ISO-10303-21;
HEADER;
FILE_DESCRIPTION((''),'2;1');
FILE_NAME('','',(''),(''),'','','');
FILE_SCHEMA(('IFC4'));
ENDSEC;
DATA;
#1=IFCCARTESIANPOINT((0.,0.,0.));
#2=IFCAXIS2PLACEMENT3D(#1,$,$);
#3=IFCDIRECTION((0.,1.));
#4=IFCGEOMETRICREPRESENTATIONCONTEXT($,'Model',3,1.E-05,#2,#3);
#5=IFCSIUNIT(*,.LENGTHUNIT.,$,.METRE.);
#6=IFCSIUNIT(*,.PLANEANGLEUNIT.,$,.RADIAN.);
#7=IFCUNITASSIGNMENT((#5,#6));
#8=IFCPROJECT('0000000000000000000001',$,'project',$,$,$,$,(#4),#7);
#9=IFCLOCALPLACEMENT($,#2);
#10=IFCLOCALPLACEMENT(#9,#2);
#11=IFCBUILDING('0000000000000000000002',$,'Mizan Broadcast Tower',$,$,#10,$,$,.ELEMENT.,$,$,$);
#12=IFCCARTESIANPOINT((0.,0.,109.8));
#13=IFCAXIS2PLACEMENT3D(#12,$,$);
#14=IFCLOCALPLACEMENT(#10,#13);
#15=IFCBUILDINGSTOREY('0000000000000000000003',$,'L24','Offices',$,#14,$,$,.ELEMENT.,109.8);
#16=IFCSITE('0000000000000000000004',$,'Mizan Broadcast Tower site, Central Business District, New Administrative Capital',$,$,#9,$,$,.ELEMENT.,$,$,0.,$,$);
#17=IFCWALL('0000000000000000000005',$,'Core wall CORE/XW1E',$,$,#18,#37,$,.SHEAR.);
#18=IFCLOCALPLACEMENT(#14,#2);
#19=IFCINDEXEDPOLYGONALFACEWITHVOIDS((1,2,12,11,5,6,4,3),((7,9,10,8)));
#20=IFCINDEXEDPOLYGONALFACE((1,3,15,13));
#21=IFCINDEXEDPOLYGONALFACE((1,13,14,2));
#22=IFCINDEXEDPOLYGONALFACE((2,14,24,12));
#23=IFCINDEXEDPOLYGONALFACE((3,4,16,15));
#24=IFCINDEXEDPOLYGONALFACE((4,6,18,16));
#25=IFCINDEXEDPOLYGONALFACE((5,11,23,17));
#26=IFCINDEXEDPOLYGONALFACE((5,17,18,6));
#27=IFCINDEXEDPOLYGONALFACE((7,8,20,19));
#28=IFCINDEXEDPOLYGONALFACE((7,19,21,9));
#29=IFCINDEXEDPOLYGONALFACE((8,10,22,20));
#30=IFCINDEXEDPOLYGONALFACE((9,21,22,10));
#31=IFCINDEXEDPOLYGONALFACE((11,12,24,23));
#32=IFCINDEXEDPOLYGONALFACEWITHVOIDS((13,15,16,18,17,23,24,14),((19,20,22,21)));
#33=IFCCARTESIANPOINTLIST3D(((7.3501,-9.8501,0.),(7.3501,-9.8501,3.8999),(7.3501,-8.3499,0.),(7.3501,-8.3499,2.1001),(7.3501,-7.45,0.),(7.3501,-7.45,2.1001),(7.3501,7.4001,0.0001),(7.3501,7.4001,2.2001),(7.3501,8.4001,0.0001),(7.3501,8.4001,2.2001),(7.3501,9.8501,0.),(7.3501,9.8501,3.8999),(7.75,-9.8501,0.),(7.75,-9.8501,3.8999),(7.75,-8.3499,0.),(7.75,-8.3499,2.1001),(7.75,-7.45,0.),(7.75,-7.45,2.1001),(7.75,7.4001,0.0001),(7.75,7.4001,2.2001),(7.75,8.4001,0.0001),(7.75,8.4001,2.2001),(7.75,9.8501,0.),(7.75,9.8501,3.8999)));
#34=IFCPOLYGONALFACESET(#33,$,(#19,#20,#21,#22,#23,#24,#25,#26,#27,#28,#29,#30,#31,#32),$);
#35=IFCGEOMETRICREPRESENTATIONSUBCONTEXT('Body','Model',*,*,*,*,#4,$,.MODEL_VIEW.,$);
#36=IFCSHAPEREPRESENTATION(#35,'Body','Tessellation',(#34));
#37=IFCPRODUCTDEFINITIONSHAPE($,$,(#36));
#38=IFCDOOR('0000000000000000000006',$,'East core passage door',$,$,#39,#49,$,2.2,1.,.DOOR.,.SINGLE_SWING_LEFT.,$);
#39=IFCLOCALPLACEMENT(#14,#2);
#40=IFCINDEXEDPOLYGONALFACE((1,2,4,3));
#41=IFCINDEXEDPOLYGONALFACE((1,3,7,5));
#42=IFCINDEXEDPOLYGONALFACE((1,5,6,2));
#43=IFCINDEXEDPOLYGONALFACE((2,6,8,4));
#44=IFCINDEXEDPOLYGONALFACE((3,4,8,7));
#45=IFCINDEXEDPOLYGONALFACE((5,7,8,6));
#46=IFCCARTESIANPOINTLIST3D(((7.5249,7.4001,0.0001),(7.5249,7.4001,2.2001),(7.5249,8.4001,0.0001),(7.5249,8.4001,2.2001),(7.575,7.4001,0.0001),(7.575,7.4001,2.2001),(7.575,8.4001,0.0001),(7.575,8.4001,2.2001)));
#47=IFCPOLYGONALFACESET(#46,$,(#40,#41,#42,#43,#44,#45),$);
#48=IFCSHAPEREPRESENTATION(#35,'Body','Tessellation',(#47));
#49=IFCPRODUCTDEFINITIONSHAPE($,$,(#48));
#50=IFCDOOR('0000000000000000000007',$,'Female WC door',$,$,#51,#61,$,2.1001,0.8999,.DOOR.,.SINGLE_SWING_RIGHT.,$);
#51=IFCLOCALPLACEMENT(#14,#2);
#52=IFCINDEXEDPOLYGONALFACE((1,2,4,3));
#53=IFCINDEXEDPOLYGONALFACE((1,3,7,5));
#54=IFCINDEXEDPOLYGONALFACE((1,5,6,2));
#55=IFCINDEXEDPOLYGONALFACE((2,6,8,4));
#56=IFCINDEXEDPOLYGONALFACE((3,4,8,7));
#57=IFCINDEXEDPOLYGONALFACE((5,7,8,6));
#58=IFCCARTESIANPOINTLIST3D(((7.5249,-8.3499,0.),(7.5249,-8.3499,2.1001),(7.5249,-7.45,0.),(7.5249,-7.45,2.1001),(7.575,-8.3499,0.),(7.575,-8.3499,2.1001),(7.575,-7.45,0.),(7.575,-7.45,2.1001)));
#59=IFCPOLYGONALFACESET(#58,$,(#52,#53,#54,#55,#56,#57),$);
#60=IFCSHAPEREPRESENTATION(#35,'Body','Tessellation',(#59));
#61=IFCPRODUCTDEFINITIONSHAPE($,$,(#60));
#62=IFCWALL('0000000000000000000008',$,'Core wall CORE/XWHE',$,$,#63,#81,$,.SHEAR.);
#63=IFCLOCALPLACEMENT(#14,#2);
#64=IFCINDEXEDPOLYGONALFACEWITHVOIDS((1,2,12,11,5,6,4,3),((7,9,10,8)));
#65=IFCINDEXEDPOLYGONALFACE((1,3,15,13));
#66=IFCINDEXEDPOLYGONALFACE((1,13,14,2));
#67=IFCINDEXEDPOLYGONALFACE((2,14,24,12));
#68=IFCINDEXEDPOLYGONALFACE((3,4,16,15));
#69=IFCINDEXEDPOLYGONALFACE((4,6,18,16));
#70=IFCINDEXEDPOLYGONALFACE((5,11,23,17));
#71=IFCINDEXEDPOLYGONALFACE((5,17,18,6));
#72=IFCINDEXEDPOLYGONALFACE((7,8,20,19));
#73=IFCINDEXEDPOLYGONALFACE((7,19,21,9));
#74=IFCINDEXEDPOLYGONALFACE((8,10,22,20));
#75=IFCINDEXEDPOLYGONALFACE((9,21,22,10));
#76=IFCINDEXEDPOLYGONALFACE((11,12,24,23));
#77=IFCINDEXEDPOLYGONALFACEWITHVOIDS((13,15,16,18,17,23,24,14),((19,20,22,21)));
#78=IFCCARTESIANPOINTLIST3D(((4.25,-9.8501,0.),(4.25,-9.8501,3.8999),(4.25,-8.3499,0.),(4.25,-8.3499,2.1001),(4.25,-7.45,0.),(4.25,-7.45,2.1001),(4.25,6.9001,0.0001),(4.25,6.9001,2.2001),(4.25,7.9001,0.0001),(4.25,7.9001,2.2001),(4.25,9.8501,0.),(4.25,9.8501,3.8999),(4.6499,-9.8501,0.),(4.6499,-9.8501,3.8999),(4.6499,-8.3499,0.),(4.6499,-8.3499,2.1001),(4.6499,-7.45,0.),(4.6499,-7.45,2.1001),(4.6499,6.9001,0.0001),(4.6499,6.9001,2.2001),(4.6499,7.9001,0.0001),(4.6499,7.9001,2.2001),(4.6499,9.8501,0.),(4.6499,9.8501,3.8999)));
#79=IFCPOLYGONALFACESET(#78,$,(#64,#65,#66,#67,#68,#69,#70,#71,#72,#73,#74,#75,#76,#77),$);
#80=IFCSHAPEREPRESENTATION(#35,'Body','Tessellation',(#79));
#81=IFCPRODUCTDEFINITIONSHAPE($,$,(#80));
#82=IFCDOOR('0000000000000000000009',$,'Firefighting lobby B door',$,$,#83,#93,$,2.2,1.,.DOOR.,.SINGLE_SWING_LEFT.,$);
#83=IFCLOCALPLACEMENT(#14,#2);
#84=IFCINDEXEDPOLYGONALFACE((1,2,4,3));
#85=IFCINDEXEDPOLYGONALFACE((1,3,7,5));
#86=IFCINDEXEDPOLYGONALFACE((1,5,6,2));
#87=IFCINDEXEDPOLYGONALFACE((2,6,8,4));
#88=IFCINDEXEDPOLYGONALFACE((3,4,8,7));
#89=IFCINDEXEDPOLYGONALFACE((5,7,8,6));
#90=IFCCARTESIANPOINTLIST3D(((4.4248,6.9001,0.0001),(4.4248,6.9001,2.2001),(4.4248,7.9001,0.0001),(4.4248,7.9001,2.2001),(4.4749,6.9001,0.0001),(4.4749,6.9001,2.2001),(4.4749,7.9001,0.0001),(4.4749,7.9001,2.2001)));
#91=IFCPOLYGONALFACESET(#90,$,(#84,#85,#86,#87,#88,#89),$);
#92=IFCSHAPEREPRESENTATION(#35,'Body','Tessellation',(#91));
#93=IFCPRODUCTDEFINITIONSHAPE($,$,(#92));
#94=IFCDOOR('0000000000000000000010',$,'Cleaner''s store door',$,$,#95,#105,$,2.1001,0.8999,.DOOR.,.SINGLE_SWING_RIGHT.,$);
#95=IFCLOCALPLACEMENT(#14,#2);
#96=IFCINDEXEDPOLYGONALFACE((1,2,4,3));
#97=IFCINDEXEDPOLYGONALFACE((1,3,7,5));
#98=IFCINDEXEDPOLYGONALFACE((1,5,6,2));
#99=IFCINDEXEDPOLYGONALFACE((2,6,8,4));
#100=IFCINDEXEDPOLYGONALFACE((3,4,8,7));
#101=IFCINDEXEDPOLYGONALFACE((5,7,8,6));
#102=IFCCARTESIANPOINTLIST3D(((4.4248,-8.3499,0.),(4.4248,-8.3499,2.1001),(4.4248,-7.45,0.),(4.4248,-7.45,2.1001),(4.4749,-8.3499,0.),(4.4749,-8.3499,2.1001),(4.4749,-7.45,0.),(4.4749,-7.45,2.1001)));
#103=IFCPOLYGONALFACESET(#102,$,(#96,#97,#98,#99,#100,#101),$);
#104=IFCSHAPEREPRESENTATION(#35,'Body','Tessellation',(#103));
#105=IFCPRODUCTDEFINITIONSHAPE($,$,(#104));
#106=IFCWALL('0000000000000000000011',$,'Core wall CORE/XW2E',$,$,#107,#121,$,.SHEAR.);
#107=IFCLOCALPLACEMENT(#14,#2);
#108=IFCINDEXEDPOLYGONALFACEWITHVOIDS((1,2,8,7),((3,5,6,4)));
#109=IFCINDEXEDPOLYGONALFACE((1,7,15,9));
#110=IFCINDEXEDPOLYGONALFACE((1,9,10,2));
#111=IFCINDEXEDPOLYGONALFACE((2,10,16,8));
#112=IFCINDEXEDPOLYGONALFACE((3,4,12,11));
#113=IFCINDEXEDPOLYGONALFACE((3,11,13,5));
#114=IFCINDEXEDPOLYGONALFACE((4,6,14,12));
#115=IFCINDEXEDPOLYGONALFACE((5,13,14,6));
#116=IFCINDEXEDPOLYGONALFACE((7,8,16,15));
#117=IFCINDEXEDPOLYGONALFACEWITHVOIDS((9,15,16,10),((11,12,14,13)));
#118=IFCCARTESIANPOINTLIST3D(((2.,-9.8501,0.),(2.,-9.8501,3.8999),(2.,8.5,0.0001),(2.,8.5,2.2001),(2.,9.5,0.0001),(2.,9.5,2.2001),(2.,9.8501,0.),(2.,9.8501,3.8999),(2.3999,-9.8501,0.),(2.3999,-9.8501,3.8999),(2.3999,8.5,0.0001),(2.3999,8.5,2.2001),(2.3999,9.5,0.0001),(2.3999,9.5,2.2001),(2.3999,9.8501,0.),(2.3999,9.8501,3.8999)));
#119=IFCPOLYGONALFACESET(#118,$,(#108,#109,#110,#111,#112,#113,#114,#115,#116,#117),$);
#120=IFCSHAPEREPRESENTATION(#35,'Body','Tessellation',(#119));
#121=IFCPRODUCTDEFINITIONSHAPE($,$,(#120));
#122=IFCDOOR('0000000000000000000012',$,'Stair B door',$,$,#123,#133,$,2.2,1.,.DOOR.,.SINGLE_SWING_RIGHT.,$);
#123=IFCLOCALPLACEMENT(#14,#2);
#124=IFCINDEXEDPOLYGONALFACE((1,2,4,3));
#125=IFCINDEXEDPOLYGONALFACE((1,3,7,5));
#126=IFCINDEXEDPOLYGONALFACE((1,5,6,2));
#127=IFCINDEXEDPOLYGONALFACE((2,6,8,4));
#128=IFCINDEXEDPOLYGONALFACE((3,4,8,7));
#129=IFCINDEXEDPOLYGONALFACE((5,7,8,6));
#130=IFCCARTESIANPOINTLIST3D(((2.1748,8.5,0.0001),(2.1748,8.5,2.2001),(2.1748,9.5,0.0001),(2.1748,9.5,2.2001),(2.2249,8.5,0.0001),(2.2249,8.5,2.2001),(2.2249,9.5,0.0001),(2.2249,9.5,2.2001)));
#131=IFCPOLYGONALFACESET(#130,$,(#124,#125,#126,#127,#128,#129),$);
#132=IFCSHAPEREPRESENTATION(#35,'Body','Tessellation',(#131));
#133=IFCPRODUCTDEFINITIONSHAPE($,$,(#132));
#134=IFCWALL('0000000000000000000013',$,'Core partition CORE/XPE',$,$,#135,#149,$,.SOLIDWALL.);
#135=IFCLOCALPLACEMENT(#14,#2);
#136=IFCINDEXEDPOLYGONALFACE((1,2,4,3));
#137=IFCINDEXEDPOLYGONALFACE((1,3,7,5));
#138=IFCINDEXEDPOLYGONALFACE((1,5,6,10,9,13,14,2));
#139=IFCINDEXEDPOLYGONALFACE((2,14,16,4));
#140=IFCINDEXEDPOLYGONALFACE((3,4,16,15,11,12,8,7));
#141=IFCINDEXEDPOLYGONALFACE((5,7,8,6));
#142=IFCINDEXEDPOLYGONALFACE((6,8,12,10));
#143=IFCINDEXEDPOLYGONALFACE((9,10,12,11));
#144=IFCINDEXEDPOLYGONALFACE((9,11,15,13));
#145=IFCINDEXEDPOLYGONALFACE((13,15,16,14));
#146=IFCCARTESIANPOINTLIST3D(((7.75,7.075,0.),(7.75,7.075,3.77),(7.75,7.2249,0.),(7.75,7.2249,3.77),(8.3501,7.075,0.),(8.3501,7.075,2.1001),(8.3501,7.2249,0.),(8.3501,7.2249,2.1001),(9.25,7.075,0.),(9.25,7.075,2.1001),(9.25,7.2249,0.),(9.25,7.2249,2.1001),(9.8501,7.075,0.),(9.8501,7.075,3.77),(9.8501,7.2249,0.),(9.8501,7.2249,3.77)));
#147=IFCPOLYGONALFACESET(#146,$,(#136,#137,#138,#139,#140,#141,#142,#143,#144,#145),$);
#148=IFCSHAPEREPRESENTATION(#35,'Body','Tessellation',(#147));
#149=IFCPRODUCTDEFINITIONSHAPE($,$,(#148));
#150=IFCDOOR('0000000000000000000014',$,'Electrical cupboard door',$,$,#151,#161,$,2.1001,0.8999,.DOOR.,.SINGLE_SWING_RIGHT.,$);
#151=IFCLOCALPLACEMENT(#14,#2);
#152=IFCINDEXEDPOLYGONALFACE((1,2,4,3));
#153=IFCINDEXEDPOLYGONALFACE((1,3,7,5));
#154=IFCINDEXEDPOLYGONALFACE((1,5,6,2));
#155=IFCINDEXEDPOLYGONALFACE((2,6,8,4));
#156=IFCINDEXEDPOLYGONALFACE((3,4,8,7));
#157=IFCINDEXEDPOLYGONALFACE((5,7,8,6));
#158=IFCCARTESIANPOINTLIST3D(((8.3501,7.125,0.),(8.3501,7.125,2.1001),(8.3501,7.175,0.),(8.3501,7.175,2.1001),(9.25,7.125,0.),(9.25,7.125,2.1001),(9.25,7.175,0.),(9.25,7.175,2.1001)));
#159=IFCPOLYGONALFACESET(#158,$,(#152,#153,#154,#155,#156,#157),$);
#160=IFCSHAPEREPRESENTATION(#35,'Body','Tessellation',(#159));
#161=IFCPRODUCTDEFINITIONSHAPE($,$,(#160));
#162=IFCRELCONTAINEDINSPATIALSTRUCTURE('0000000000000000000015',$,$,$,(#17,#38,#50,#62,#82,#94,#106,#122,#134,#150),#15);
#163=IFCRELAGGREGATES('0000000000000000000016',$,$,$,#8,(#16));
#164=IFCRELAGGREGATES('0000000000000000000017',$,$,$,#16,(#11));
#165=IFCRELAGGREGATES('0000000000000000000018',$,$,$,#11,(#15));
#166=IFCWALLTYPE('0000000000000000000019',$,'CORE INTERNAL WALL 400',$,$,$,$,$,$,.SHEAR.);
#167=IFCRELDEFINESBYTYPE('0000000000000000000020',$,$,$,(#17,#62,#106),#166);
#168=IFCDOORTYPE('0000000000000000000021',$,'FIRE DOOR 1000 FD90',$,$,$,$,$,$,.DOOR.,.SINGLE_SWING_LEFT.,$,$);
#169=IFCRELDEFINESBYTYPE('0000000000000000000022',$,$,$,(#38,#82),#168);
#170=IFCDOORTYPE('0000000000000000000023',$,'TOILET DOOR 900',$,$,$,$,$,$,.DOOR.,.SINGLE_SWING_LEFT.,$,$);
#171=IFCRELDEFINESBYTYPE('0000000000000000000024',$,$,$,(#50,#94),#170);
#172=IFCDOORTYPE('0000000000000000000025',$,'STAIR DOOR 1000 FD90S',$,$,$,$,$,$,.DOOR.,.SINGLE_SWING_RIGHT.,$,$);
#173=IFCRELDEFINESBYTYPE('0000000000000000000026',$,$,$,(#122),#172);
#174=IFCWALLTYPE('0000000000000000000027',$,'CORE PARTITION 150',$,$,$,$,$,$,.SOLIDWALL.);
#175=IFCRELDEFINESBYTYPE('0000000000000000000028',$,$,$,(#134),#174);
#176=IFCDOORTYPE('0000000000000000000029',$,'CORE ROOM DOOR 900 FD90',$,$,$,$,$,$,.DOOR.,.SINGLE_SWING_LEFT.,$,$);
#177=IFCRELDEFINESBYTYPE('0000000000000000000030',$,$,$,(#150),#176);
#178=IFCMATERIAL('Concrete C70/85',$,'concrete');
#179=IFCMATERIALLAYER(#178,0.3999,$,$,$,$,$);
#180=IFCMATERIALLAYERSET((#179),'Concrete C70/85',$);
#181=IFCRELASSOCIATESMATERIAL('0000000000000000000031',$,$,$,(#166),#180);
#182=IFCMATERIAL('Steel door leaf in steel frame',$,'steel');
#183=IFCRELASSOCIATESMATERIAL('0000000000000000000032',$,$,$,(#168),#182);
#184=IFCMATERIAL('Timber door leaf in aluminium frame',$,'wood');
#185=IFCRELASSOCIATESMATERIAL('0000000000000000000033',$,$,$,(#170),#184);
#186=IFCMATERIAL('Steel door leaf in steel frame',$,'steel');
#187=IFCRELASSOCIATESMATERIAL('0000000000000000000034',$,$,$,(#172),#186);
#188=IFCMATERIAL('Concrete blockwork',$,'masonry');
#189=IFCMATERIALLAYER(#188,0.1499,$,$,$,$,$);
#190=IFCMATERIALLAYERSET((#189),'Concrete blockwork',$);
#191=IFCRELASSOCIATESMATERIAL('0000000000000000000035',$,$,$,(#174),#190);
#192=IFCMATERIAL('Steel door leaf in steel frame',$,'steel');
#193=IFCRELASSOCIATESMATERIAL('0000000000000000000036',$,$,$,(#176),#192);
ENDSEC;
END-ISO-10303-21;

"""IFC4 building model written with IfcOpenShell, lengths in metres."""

from ifc_helpers import new_model, si_unit, direction, frame, frame_2d, origin, place, context, subcontext, project, spatial, rectangle, extrude, material, layer, layer_set, type_object, element, fill, save


model = new_model("IFC4")

# Units and contexts
model_context = context("Model", 3, precision=1e-05, world=origin(), true_north=direction((0.0, 1.0)))
body_context = subcontext(model_context, "Body", "Model", "MODEL_VIEW")
ifc_project = project(units=[si_unit("LENGTHUNIT", "METRE"), si_unit("PLANEANGLEUNIT", "RADIAN")], contexts=[model_context])

# Site, building, storey
site_placement = place(None, origin())
site = spatial("IfcSite", under=ifc_project, at=site_placement, Name="Mizan Broadcast Tower site, Central Business District, New Administrative Capital", CompositionType="ELEMENT", RefElevation=0.0)
building_placement = place(site_placement, origin())
building = spatial("IfcBuilding", under=site, at=building_placement, Name="Mizan Broadcast Tower", CompositionType="ELEMENT")
storey_placement = place(building_placement, frame((0.0, 0.0, 109.8)))
storey = spatial("IfcBuildingStorey", under=building, at=storey_placement, Name="L24", Description="Offices", CompositionType="ELEMENT", Elevation=109.8)

# Walls, openings, doors
ifc_material_1 = material(Name="Concrete C70/85", Category="concrete")
ifc_layer_1 = layer(ifc_material_1, 0.3999)
ifc_layer_set_1 = layer_set([ifc_layer_1], Name="Concrete C70/85")
wall_type_1 = type_object("IfcWallType", Name="CORE INTERNAL WALL 400", PredefinedType="SHEAR", material=ifc_layer_set_1)
wall_1_placement = place(storey_placement, frame((7.55, 9.8501, 0.0), z_axis=(0.0, 0.0, 1.0), x_axis=(0.0, -1.0, 0.0)))
wall_1 = element("IfcWall", 1, at=wall_1_placement, inside=storey, type_object=wall_type_1, Name="Core wall CORE/XW1E", PredefinedType="SHEAR", context=body_context, shape_type="SweptSolid", body=[
    extrude(rectangle(XDim=19.7002, YDim=0.3999, at=frame_2d((9.8501, 0.0))), origin(), (0.0, 0.0, 1.0), 3.8999),
])
opening_1_placement = place(wall_1_placement, frame((1.45, 0.0, 0.0)))
opening_1 = element("IfcOpeningElement", 2, at=opening_1_placement, cuts=wall_1, PredefinedType="OPENING", context=body_context, shape_type="SweptSolid", body=[
    extrude(rectangle(XDim=1.0, YDim=2.2, at=frame_2d((0.5, 1.1001))), frame((0.0, 0.21, 0.0), z_axis=(0.0, -1.0, 0.0), x_axis=(1.0, 0.0, 0.0)), (0.0, 0.0, 1.0), 0.4199),
])
opening_2_placement = place(wall_1_placement, frame((17.3, 0.0, 0.0)))
opening_2 = element("IfcOpeningElement", 3, at=opening_2_placement, cuts=wall_1, PredefinedType="OPENING", context=body_context, shape_type="SweptSolid", body=[
    extrude(rectangle(XDim=0.8999, YDim=2.1001, at=frame_2d((0.45, 1.05))), frame((0.0, 0.21, 0.0), z_axis=(0.0, -1.0, 0.0), x_axis=(1.0, 0.0, 0.0)), (0.0, 0.0, 1.0), 0.4199),
])
ifc_material_2 = material(Name="Steel door leaf in steel frame", Category="steel")
door_type_1 = type_object("IfcDoorType", Name="FIRE DOOR 1000 FD90", OperationType="SINGLE_SWING_LEFT", PredefinedType="DOOR", material=ifc_material_2)
door_1_placement = place(opening_1_placement, origin())
door_1 = element("IfcDoor", 4, at=door_1_placement, inside=storey, type_object=door_type_1, Name="East core passage door", OperationType="SINGLE_SWING_LEFT", OverallHeight=2.2, OverallWidth=1.0, PredefinedType="DOOR", context=body_context, shape_type="SweptSolid", body=[
    extrude(rectangle(XDim=1.0, YDim=2.2, at=frame_2d((0.5, 1.1001))), frame((0.0, 0.0249, 0.0), z_axis=(0.0, -1.0, 0.0), x_axis=(1.0, 0.0, 0.0)), (0.0, 0.0, 1.0), 0.05),
])
fill(opening_1, door_1)
ifc_material_3 = material(Name="Timber door leaf in aluminium frame", Category="wood")
door_type_2 = type_object("IfcDoorType", Name="TOILET DOOR 900", OperationType="SINGLE_SWING_LEFT", PredefinedType="DOOR", material=ifc_material_3)
door_2_placement = place(opening_2_placement, origin())
door_2 = element("IfcDoor", 5, at=door_2_placement, inside=storey, type_object=door_type_2, Name="Female WC door", OperationType="SINGLE_SWING_RIGHT", OverallHeight=2.1001, OverallWidth=0.8999, PredefinedType="DOOR", context=body_context, shape_type="SweptSolid", body=[
    extrude(rectangle(XDim=0.8999, YDim=2.1001, at=frame_2d((0.45, 1.05))), frame((0.0, 0.0249, 0.0), z_axis=(0.0, -1.0, 0.0), x_axis=(1.0, 0.0, 0.0)), (0.0, 0.0, 1.0), 0.05),
])
fill(opening_2, door_2)
wall_2_placement = place(storey_placement, frame((4.45, 9.8501, 0.0), z_axis=(0.0, 0.0, 1.0), x_axis=(0.0, -1.0, 0.0)))
wall_2 = element("IfcWall", 6, at=wall_2_placement, inside=storey, type_object=wall_type_1, Name="Core wall CORE/XWHE", PredefinedType="SHEAR", context=body_context, shape_type="SweptSolid", body=[
    extrude(rectangle(XDim=19.7002, YDim=0.3999, at=frame_2d((9.8501, 0.0))), origin(), (0.0, 0.0, 1.0), 3.8999),
])
opening_3_placement = place(wall_2_placement, frame((1.95, 0.0, 0.0)))
opening_3 = element("IfcOpeningElement", 7, at=opening_3_placement, cuts=wall_2, PredefinedType="OPENING", context=body_context, shape_type="SweptSolid", body=[
    extrude(rectangle(XDim=1.0, YDim=2.2, at=frame_2d((0.5, 1.1001))), frame((0.0, 0.21, 0.0), z_axis=(0.0, -1.0, 0.0), x_axis=(1.0, 0.0, 0.0)), (0.0, 0.0, 1.0), 0.4199),
])
opening_4_placement = place(wall_2_placement, frame((17.3, 0.0, 0.0)))
opening_4 = element("IfcOpeningElement", 8, at=opening_4_placement, cuts=wall_2, PredefinedType="OPENING", context=body_context, shape_type="SweptSolid", body=[
    extrude(rectangle(XDim=0.8999, YDim=2.1001, at=frame_2d((0.45, 1.05))), frame((0.0, 0.21, 0.0), z_axis=(0.0, -1.0, 0.0), x_axis=(1.0, 0.0, 0.0)), (0.0, 0.0, 1.0), 0.4199),
])
door_3_placement = place(opening_3_placement, origin())
door_3 = element("IfcDoor", 9, at=door_3_placement, inside=storey, type_object=door_type_1, Name="Firefighting lobby B door", OperationType="SINGLE_SWING_LEFT", OverallHeight=2.2, OverallWidth=1.0, PredefinedType="DOOR", context=body_context, shape_type="SweptSolid", body=[
    extrude(rectangle(XDim=1.0, YDim=2.2, at=frame_2d((0.5, 1.1001))), frame((0.0, 0.0249, 0.0), z_axis=(0.0, -1.0, 0.0), x_axis=(1.0, 0.0, 0.0)), (0.0, 0.0, 1.0), 0.05),
])
fill(opening_3, door_3)
door_4_placement = place(opening_4_placement, origin())
door_4 = element("IfcDoor", 10, at=door_4_placement, inside=storey, type_object=door_type_2, Name="Cleaner's store door", OperationType="SINGLE_SWING_RIGHT", OverallHeight=2.1001, OverallWidth=0.8999, PredefinedType="DOOR", context=body_context, shape_type="SweptSolid", body=[
    extrude(rectangle(XDim=0.8999, YDim=2.1001, at=frame_2d((0.45, 1.05))), frame((0.0, 0.0249, 0.0), z_axis=(0.0, -1.0, 0.0), x_axis=(1.0, 0.0, 0.0)), (0.0, 0.0, 1.0), 0.05),
])
fill(opening_4, door_4)

# Walls, openings, doors
wall_3_placement = place(storey_placement, frame((2.2, 9.8501, 0.0), z_axis=(0.0, 0.0, 1.0), x_axis=(0.0, -1.0, 0.0)))
wall_3 = element("IfcWall", 11, at=wall_3_placement, inside=storey, type_object=wall_type_1, Name="Core wall CORE/XW2E", PredefinedType="SHEAR", context=body_context, shape_type="SweptSolid", body=[
    extrude(rectangle(XDim=19.7002, YDim=0.3999, at=frame_2d((9.8501, 0.0))), origin(), (0.0, 0.0, 1.0), 3.8999),
])
opening_5_placement = place(wall_3_placement, frame((0.3501, 0.0, 0.0)))
opening_5 = element("IfcOpeningElement", 12, at=opening_5_placement, cuts=wall_3, PredefinedType="OPENING", context=body_context, shape_type="SweptSolid", body=[
    extrude(rectangle(XDim=1.0, YDim=2.2, at=frame_2d((0.5, 1.1001))), frame((0.0, 0.21, 0.0), z_axis=(0.0, -1.0, 0.0), x_axis=(1.0, 0.0, 0.0)), (0.0, 0.0, 1.0), 0.4199),
])
ifc_material_4 = material(Name="Steel door leaf in steel frame", Category="steel")
door_type_3 = type_object("IfcDoorType", Name="STAIR DOOR 1000 FD90S", OperationType="SINGLE_SWING_RIGHT", PredefinedType="DOOR", material=ifc_material_4)
door_5_placement = place(opening_5_placement, origin())
door_5 = element("IfcDoor", 13, at=door_5_placement, inside=storey, type_object=door_type_3, Name="Stair B door", OperationType="SINGLE_SWING_RIGHT", OverallHeight=2.2, OverallWidth=1.0, PredefinedType="DOOR", context=body_context, shape_type="SweptSolid", body=[
    extrude(rectangle(XDim=1.0, YDim=2.2, at=frame_2d((0.5, 1.1001))), frame((0.0, 0.0249, 0.0), z_axis=(0.0, -1.0, 0.0), x_axis=(1.0, 0.0, 0.0)), (0.0, 0.0, 1.0), 0.05),
])
fill(opening_5, door_5)
ifc_material_5 = material(Name="Concrete blockwork", Category="masonry")
ifc_layer_2 = layer(ifc_material_5, 0.1499)
ifc_layer_set_2 = layer_set([ifc_layer_2], Name="Concrete blockwork")
wall_type_2 = type_object("IfcWallType", Name="CORE PARTITION 150", PredefinedType="SOLIDWALL", material=ifc_layer_set_2)
wall_4_placement = place(storey_placement, frame((9.8501, 7.1499, 0.0), z_axis=(0.0, 0.0, 1.0), x_axis=(-1.0, 0.0, 0.0)))
wall_4 = element("IfcWall", 14, at=wall_4_placement, inside=storey, type_object=wall_type_2, Name="Core partition CORE/XPE", PredefinedType="SOLIDWALL", context=body_context, shape_type="SweptSolid", body=[
    extrude(rectangle(XDim=2.1001, YDim=0.1499, at=frame_2d((1.05, 0.0))), origin(), (0.0, 0.0, 1.0), 3.77),
])
opening_6_placement = place(wall_4_placement, frame((0.6001, 0.0, 0.0)))
opening_6 = element("IfcOpeningElement", 15, at=opening_6_placement, cuts=wall_4, PredefinedType="OPENING", context=body_context, shape_type="SweptSolid", body=[
    extrude(rectangle(XDim=0.8999, YDim=2.1001, at=frame_2d((0.45, 1.05))), frame((0.0, 0.085, 0.0), z_axis=(0.0, -1.0, 0.0), x_axis=(1.0, 0.0, 0.0)), (0.0, 0.0, 1.0), 0.1699),
])
ifc_material_6 = material(Name="Steel door leaf in steel frame", Category="steel")
door_type_4 = type_object("IfcDoorType", Name="CORE ROOM DOOR 900 FD90", OperationType="SINGLE_SWING_LEFT", PredefinedType="DOOR", material=ifc_material_6)
door_6_placement = place(opening_6_placement, origin())
door_6 = element("IfcDoor", 16, at=door_6_placement, inside=storey, type_object=door_type_4, Name="Electrical cupboard door", OperationType="SINGLE_SWING_RIGHT", OverallHeight=2.1001, OverallWidth=0.8999, PredefinedType="DOOR", context=body_context, shape_type="SweptSolid", body=[
    extrude(rectangle(XDim=0.8999, YDim=2.1001, at=frame_2d((0.45, 1.05))), frame((0.0, 0.0249, 0.0), z_axis=(0.0, -1.0, 0.0), x_axis=(1.0, 0.0, 0.0)), (0.0, 0.0, 1.0), 0.05),
])
fill(opening_6, door_6)

save(model, "model.ifc")
